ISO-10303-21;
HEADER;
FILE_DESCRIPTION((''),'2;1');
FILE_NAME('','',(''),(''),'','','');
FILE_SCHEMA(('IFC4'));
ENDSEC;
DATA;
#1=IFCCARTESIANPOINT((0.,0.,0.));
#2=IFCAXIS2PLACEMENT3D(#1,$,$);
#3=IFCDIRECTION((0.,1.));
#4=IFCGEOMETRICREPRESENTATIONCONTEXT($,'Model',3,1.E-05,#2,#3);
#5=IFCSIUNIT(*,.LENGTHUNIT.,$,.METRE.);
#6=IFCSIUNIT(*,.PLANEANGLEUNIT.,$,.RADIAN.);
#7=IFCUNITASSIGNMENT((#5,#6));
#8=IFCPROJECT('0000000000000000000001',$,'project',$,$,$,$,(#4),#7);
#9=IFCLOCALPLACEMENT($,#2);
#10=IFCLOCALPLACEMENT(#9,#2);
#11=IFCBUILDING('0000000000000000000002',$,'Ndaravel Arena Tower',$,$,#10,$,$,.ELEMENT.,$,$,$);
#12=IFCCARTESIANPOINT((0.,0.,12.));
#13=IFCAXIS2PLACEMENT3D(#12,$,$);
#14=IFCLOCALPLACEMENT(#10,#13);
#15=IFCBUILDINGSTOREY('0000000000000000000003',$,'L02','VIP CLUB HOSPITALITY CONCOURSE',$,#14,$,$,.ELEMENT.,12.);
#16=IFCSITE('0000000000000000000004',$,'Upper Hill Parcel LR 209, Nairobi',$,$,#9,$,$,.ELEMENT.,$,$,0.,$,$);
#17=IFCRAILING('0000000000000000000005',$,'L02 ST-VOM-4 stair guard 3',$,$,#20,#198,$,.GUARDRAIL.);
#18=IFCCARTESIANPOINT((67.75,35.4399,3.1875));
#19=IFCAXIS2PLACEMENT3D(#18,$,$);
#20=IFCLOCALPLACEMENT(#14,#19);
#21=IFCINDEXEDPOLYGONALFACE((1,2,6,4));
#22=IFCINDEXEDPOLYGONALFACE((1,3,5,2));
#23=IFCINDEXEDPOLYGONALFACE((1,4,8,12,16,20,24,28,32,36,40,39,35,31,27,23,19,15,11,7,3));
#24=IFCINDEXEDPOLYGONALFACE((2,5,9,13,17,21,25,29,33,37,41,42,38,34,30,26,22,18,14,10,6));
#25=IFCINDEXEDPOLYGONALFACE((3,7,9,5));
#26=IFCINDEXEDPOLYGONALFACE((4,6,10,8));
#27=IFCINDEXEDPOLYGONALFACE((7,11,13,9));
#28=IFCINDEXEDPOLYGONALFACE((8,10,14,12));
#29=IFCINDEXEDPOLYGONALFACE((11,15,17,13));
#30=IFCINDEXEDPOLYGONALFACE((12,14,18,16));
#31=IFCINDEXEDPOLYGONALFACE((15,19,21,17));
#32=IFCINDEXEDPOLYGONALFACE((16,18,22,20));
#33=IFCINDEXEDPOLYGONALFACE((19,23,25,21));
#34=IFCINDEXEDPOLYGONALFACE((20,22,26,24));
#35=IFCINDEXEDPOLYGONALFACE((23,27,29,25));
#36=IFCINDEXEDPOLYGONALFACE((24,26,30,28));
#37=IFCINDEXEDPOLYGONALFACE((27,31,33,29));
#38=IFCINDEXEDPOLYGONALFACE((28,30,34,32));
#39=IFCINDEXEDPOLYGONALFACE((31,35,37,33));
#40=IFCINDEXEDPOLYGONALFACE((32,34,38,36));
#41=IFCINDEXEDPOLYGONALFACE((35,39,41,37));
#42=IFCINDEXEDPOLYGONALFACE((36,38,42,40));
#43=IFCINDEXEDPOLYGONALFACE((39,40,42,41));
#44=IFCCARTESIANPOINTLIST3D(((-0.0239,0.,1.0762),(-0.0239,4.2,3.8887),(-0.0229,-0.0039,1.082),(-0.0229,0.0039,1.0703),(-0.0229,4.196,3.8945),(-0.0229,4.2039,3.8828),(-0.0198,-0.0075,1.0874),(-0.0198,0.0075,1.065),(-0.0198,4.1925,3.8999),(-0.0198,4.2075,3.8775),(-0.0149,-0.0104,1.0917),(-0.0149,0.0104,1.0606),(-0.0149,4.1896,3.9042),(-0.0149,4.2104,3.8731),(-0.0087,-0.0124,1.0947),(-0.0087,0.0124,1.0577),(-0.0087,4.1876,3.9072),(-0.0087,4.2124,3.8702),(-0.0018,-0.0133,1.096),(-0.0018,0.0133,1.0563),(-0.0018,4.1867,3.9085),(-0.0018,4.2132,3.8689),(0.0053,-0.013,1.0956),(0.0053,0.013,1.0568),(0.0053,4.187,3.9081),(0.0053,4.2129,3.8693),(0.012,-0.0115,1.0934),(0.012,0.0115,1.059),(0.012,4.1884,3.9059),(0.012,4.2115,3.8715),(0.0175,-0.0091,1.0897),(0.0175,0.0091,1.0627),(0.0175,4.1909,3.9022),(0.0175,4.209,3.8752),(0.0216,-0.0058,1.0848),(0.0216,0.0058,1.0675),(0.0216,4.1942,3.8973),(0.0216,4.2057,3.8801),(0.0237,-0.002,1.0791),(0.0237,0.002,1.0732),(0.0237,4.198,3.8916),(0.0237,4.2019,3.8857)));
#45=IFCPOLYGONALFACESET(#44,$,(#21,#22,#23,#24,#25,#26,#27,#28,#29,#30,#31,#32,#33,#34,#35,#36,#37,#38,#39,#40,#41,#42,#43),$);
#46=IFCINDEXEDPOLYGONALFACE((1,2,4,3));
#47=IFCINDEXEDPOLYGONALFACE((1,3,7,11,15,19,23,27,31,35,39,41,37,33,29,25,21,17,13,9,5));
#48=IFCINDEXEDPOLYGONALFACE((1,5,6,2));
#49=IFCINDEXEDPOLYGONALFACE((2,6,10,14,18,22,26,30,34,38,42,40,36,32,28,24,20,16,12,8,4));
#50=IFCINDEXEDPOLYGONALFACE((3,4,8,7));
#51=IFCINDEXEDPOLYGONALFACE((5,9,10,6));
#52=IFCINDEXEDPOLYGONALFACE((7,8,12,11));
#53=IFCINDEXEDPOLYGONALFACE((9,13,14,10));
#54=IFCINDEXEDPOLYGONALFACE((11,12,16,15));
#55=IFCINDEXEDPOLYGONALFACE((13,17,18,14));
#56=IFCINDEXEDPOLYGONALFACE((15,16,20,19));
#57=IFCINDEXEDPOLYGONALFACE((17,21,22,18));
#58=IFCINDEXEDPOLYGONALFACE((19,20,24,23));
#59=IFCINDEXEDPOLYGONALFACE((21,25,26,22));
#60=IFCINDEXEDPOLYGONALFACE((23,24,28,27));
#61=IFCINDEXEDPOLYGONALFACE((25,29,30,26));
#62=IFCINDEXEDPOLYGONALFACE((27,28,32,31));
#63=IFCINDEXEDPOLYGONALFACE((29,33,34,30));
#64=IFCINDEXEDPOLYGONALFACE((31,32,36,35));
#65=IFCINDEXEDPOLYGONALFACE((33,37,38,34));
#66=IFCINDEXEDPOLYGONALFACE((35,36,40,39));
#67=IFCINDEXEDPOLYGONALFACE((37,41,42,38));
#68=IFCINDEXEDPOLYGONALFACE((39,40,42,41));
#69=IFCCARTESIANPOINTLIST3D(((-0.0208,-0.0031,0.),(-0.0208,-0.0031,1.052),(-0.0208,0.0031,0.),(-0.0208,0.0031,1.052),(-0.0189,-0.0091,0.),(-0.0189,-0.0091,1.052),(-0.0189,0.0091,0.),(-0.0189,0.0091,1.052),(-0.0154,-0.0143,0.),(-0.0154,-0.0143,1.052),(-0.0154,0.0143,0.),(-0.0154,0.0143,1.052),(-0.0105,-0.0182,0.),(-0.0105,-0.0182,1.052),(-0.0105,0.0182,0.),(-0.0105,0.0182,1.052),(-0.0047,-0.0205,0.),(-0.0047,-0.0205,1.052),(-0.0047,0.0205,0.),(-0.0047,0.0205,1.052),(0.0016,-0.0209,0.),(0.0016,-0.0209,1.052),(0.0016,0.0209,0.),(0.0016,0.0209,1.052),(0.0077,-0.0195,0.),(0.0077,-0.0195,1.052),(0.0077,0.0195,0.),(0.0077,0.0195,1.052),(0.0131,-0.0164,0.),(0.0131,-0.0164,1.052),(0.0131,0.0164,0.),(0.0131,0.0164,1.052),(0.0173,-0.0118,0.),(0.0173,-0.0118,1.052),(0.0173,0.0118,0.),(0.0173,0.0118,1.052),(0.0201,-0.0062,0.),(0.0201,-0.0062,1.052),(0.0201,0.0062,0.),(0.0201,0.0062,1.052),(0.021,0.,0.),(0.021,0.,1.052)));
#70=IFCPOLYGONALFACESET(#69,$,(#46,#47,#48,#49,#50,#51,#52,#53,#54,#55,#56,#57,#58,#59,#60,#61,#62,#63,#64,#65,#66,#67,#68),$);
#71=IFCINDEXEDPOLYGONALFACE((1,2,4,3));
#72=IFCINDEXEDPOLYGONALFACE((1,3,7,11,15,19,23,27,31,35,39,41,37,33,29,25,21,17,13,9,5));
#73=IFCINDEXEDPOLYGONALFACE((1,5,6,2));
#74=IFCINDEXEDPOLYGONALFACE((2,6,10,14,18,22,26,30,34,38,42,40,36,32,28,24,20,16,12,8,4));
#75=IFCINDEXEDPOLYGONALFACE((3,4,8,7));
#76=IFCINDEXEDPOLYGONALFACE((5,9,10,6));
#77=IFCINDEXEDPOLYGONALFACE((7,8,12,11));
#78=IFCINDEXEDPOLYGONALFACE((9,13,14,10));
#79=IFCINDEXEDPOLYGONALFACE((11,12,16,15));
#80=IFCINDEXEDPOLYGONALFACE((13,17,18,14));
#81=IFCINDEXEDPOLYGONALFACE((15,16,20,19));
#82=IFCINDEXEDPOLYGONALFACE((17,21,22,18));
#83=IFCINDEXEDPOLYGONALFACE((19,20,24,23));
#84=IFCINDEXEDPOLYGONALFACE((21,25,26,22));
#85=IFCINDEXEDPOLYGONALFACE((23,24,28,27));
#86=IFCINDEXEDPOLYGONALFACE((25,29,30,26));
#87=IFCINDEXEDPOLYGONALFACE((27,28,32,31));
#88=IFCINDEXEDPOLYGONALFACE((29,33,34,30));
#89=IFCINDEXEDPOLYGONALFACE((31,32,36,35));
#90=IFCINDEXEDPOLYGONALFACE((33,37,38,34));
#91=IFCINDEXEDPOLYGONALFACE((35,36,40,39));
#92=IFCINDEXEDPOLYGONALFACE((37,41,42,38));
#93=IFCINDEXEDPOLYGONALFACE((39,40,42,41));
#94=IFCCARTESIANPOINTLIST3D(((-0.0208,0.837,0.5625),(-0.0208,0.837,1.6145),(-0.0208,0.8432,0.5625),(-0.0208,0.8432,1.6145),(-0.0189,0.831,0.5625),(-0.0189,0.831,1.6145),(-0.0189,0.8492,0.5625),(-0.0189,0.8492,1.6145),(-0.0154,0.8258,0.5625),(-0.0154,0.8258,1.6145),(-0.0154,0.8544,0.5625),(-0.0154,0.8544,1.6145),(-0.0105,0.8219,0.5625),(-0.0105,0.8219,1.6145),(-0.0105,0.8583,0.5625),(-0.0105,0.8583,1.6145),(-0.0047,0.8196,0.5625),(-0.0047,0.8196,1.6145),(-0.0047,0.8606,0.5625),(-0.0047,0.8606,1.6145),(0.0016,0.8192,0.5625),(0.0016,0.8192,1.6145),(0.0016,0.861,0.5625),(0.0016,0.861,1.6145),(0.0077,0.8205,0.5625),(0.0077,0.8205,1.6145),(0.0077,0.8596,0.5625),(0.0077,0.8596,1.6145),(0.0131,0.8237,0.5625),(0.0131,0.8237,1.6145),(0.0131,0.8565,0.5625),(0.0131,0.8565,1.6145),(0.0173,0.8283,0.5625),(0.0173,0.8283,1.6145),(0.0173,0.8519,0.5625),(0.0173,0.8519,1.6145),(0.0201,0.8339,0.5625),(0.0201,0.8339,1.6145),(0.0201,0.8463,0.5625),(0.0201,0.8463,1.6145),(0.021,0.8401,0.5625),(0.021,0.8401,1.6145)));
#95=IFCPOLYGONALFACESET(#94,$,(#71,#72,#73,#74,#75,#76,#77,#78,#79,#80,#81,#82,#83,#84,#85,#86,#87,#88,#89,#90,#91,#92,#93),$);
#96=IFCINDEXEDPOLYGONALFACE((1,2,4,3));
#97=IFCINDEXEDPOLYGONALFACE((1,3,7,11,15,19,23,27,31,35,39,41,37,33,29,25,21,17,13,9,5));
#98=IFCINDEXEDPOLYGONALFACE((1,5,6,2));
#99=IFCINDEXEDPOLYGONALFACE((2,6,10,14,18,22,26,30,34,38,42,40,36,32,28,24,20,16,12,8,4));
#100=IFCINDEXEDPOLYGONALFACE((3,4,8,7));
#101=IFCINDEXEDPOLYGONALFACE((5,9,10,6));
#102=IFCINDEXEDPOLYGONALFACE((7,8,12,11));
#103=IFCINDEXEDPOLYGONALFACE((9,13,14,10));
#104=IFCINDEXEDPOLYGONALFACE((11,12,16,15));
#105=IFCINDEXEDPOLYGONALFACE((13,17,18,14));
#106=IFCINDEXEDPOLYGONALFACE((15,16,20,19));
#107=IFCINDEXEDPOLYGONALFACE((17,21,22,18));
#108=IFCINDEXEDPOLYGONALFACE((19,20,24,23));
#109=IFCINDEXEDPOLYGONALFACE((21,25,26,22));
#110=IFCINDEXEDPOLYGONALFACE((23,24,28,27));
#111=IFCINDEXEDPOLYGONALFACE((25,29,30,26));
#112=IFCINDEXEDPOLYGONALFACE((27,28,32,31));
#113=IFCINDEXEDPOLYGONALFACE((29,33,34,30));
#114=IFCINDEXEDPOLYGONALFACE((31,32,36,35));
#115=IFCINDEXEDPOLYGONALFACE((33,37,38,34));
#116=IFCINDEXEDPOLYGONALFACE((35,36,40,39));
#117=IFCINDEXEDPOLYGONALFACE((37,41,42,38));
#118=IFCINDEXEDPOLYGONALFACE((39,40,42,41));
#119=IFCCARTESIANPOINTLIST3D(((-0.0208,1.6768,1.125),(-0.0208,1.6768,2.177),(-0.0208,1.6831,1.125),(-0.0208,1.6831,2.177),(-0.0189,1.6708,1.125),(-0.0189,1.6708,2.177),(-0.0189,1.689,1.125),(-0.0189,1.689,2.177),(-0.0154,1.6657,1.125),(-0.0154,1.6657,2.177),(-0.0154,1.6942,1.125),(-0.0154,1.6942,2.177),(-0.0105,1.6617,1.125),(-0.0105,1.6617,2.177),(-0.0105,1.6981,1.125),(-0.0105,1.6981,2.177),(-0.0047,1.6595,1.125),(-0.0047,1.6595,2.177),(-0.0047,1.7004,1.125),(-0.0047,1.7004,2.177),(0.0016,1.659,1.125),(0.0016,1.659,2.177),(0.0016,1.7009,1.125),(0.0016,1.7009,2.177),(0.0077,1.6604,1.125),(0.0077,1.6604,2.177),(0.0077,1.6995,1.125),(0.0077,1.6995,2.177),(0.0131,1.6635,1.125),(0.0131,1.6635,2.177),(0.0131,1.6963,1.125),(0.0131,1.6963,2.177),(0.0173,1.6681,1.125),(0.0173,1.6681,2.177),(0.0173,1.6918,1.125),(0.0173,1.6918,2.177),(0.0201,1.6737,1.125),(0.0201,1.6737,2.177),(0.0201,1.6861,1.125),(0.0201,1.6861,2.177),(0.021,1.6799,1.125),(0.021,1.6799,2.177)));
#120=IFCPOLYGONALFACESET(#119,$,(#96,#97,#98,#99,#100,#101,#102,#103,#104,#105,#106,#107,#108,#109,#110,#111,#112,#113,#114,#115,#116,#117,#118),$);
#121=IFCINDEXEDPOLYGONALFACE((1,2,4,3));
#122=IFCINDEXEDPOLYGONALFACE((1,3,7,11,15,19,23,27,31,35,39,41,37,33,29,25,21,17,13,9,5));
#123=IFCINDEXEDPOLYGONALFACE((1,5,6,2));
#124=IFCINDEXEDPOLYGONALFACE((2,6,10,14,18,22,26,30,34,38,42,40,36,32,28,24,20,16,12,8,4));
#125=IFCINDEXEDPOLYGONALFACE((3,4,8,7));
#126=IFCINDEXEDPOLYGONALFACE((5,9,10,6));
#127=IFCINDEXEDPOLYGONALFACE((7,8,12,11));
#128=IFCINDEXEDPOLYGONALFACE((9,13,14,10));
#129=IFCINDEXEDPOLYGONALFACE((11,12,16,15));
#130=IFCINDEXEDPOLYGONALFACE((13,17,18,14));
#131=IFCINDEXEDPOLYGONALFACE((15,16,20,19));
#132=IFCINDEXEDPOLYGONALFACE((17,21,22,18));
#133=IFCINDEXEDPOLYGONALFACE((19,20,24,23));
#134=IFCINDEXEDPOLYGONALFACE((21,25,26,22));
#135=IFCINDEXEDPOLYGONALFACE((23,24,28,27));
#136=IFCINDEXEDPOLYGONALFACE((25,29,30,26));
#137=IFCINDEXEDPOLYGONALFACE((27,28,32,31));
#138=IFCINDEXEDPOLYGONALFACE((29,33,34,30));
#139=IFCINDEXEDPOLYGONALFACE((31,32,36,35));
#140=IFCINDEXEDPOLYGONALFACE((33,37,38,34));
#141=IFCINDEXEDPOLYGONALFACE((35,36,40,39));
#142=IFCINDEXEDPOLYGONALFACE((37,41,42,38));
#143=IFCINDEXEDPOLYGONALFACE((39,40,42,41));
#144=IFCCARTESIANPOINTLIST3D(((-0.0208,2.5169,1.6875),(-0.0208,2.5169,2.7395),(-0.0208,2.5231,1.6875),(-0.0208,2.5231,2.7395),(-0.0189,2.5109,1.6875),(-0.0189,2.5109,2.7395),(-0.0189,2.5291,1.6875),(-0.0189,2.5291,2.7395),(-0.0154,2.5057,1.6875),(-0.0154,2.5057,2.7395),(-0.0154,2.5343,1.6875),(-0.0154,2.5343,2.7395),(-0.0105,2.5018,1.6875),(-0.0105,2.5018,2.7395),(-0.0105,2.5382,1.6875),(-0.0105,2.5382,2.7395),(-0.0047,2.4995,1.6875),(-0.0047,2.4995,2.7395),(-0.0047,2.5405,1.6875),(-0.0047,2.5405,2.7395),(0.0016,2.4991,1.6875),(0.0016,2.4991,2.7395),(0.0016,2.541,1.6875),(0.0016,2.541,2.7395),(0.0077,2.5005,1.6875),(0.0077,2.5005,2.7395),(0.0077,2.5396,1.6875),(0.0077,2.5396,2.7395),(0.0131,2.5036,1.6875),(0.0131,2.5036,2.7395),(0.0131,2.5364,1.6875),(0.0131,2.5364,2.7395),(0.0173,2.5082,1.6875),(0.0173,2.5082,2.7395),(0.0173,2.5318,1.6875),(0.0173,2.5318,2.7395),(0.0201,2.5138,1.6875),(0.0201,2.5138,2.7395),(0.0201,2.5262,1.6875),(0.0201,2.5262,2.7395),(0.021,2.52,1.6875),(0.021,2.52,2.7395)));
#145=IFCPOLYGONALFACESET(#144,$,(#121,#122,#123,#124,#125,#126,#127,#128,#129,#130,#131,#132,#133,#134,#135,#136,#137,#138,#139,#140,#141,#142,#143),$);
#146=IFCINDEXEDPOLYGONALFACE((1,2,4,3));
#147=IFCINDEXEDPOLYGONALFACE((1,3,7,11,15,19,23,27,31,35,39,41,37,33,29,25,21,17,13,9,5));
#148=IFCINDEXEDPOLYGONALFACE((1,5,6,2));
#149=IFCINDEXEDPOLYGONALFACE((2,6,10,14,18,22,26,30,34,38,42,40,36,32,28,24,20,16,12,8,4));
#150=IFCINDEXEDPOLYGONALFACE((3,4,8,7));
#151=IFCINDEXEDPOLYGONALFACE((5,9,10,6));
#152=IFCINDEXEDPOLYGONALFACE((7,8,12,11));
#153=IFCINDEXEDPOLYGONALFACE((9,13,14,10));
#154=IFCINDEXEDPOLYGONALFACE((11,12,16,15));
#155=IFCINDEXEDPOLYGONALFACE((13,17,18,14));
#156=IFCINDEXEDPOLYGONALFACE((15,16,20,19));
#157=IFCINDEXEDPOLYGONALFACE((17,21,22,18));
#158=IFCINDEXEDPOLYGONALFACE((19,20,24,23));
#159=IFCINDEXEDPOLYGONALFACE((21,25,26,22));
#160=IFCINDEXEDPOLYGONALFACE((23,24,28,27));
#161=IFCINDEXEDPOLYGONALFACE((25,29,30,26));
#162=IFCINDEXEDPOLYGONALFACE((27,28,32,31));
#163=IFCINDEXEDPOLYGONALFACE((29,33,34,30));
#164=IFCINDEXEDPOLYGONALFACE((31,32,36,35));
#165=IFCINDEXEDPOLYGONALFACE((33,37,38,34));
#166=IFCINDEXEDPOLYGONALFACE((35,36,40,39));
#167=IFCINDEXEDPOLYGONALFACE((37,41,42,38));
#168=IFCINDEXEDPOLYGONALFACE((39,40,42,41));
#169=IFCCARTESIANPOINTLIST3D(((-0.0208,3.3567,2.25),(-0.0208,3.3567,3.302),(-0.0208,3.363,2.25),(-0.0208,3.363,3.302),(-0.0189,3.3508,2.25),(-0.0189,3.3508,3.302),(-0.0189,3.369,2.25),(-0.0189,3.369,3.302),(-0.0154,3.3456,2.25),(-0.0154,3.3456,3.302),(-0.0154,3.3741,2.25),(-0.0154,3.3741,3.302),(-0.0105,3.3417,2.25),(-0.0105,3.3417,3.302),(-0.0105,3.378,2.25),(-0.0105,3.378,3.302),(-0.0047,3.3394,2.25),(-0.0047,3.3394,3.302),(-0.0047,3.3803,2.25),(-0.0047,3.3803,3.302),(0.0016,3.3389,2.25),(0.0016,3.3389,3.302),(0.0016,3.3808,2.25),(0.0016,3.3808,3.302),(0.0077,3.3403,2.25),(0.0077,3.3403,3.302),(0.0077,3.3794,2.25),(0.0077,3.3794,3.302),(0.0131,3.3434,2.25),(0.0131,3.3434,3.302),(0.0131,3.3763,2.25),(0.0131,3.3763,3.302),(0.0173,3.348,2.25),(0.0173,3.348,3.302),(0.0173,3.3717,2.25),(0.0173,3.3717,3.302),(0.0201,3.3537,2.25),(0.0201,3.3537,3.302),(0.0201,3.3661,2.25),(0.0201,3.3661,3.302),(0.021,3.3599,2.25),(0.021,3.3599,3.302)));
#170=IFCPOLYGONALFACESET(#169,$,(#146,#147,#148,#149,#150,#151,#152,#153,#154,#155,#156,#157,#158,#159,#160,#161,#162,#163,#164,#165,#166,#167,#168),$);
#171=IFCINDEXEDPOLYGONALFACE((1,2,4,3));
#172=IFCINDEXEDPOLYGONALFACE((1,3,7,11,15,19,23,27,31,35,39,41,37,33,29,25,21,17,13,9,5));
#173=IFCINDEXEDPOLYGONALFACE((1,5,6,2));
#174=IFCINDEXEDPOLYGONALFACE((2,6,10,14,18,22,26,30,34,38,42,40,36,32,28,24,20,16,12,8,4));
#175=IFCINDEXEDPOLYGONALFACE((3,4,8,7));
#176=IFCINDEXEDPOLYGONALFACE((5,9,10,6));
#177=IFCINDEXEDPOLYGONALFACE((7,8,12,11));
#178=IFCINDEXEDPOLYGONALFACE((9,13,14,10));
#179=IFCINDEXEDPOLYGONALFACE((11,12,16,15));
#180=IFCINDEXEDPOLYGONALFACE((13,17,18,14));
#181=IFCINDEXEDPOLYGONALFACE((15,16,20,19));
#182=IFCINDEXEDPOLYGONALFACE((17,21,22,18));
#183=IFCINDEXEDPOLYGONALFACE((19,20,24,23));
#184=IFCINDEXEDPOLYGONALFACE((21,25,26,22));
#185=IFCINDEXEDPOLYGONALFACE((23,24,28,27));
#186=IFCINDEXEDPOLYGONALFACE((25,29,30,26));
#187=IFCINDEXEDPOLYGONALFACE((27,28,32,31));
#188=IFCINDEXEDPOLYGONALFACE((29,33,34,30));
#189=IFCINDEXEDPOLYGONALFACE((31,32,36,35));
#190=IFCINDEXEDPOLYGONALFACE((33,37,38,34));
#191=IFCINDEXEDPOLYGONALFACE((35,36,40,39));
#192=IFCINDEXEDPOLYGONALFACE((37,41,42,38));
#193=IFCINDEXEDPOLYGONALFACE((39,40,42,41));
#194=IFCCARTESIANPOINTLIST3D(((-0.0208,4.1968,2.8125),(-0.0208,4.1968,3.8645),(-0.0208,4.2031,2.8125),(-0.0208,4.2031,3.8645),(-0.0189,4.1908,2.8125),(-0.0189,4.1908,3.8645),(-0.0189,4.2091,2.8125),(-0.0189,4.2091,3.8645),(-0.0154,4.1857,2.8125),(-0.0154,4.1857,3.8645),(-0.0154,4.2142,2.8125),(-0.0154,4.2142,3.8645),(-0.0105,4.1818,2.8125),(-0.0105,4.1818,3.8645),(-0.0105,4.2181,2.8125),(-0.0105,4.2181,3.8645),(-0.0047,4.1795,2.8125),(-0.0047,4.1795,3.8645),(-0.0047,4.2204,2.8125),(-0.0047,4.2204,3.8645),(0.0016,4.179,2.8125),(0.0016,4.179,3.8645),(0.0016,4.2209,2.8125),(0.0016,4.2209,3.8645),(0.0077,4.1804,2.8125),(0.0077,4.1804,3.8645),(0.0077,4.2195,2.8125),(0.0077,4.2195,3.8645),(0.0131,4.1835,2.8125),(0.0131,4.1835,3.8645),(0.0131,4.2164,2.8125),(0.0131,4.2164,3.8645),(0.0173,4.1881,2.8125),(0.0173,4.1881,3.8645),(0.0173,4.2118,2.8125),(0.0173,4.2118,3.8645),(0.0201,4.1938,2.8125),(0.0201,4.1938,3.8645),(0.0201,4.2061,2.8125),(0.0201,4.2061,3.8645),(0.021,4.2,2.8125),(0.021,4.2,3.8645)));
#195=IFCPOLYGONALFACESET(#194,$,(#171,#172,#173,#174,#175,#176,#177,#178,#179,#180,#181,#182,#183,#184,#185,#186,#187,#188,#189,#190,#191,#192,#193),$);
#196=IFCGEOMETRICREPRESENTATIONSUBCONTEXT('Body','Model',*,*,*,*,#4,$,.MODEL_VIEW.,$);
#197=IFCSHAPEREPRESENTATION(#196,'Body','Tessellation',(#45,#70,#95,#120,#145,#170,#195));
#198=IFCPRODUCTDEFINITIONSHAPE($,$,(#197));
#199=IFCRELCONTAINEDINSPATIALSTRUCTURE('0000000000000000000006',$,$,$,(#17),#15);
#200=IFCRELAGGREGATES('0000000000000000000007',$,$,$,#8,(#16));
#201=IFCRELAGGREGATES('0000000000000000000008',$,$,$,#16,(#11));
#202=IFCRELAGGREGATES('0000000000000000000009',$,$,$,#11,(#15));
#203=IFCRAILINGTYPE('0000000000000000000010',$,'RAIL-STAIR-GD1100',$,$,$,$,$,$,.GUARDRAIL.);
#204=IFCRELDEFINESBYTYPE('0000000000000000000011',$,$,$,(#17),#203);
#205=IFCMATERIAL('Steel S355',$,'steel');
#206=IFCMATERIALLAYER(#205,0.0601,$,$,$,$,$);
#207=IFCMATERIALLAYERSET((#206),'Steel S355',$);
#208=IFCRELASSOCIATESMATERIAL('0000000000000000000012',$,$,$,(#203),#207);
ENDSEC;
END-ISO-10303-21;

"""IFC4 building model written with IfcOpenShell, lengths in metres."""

from ifc_helpers import new_model, si_unit, direction, frame, origin, origin_2d, place, context, subcontext, project, spatial, circle, extrude, material, layer, layer_set, type_object, element, save


model = new_model("IFC4")

# Units and contexts
model_context = context("Model", 3, precision=1e-05, world=origin(), true_north=direction((0.0, 1.0)))
body_context = subcontext(model_context, "Body", "Model", "MODEL_VIEW")
ifc_project = project(units=[si_unit("LENGTHUNIT", "METRE"), si_unit("PLANEANGLEUNIT", "RADIAN")], contexts=[model_context])

# Site, building, storey
site_placement = place(None, origin())
site = spatial("IfcSite", under=ifc_project, at=site_placement, Name="Upper Hill Parcel LR 209, Nairobi", CompositionType="ELEMENT", RefElevation=0.0)
building_placement = place(site_placement, origin())
building = spatial("IfcBuilding", under=site, at=building_placement, Name="Ndaravel Arena Tower", CompositionType="ELEMENT")
storey_placement = place(building_placement, frame((0.0, 0.0, 12.0)))
storey = spatial("IfcBuildingStorey", under=building, at=storey_placement, Name="L02", Description="VIP CLUB HOSPITALITY CONCOURSE", CompositionType="ELEMENT", Elevation=12.0)

# Railing
ifc_material_1 = material(Name="Steel S355", Category="steel")
ifc_layer_1 = layer(ifc_material_1, 0.0601)
ifc_layer_set_1 = layer_set([ifc_layer_1], Name="Steel S355")
railing_type_1 = type_object("IfcRailingType", Name="RAIL-STAIR-GD1100", PredefinedType="GUARDRAIL", material=ifc_layer_set_1)
railing_1_placement = place(storey_placement, frame((67.75, 35.4399, 3.1875)))
element("IfcRailing", 1, at=railing_1_placement, inside=storey, type_object=railing_type_1, Name="L02 ST-VOM-4 stair guard 3", PredefinedType="GUARDRAIL", context=body_context, shape_type="SweptSolid", body=[
    extrude(circle(Radius=0.0239, at=origin_2d()), frame((0.0, 0.0, 1.0762), z_axis=(0.0, 0.830904, 0.556416), x_axis=(-1.0, 0.0, 0.0)), (0.0, 0.0, 1.0), 5.0547),
    extrude(circle(Radius=0.021, at=origin_2d()), origin(), (0.0, 0.0, 1.0), 1.052),
    extrude(circle(Radius=0.021, at=origin_2d()), frame((0.0, 0.8401, 0.5625)), (0.0, 0.0, 1.0), 1.052),
    extrude(circle(Radius=0.021, at=origin_2d()), frame((0.0, 1.6799, 1.125)), (0.0, 0.0, 1.0), 1.052),
    extrude(circle(Radius=0.021, at=origin_2d()), frame((0.0, 2.52, 1.6875)), (0.0, 0.0, 1.0), 1.052),
    extrude(circle(Radius=0.021, at=origin_2d()), frame((0.0, 3.3599, 2.25)), (0.0, 0.0, 1.0), 1.052),
    extrude(circle(Radius=0.021, at=origin_2d()), frame((0.0, 4.2, 2.8125)), (0.0, 0.0, 1.0), 1.052),
])

save(model, "model.ifc")
